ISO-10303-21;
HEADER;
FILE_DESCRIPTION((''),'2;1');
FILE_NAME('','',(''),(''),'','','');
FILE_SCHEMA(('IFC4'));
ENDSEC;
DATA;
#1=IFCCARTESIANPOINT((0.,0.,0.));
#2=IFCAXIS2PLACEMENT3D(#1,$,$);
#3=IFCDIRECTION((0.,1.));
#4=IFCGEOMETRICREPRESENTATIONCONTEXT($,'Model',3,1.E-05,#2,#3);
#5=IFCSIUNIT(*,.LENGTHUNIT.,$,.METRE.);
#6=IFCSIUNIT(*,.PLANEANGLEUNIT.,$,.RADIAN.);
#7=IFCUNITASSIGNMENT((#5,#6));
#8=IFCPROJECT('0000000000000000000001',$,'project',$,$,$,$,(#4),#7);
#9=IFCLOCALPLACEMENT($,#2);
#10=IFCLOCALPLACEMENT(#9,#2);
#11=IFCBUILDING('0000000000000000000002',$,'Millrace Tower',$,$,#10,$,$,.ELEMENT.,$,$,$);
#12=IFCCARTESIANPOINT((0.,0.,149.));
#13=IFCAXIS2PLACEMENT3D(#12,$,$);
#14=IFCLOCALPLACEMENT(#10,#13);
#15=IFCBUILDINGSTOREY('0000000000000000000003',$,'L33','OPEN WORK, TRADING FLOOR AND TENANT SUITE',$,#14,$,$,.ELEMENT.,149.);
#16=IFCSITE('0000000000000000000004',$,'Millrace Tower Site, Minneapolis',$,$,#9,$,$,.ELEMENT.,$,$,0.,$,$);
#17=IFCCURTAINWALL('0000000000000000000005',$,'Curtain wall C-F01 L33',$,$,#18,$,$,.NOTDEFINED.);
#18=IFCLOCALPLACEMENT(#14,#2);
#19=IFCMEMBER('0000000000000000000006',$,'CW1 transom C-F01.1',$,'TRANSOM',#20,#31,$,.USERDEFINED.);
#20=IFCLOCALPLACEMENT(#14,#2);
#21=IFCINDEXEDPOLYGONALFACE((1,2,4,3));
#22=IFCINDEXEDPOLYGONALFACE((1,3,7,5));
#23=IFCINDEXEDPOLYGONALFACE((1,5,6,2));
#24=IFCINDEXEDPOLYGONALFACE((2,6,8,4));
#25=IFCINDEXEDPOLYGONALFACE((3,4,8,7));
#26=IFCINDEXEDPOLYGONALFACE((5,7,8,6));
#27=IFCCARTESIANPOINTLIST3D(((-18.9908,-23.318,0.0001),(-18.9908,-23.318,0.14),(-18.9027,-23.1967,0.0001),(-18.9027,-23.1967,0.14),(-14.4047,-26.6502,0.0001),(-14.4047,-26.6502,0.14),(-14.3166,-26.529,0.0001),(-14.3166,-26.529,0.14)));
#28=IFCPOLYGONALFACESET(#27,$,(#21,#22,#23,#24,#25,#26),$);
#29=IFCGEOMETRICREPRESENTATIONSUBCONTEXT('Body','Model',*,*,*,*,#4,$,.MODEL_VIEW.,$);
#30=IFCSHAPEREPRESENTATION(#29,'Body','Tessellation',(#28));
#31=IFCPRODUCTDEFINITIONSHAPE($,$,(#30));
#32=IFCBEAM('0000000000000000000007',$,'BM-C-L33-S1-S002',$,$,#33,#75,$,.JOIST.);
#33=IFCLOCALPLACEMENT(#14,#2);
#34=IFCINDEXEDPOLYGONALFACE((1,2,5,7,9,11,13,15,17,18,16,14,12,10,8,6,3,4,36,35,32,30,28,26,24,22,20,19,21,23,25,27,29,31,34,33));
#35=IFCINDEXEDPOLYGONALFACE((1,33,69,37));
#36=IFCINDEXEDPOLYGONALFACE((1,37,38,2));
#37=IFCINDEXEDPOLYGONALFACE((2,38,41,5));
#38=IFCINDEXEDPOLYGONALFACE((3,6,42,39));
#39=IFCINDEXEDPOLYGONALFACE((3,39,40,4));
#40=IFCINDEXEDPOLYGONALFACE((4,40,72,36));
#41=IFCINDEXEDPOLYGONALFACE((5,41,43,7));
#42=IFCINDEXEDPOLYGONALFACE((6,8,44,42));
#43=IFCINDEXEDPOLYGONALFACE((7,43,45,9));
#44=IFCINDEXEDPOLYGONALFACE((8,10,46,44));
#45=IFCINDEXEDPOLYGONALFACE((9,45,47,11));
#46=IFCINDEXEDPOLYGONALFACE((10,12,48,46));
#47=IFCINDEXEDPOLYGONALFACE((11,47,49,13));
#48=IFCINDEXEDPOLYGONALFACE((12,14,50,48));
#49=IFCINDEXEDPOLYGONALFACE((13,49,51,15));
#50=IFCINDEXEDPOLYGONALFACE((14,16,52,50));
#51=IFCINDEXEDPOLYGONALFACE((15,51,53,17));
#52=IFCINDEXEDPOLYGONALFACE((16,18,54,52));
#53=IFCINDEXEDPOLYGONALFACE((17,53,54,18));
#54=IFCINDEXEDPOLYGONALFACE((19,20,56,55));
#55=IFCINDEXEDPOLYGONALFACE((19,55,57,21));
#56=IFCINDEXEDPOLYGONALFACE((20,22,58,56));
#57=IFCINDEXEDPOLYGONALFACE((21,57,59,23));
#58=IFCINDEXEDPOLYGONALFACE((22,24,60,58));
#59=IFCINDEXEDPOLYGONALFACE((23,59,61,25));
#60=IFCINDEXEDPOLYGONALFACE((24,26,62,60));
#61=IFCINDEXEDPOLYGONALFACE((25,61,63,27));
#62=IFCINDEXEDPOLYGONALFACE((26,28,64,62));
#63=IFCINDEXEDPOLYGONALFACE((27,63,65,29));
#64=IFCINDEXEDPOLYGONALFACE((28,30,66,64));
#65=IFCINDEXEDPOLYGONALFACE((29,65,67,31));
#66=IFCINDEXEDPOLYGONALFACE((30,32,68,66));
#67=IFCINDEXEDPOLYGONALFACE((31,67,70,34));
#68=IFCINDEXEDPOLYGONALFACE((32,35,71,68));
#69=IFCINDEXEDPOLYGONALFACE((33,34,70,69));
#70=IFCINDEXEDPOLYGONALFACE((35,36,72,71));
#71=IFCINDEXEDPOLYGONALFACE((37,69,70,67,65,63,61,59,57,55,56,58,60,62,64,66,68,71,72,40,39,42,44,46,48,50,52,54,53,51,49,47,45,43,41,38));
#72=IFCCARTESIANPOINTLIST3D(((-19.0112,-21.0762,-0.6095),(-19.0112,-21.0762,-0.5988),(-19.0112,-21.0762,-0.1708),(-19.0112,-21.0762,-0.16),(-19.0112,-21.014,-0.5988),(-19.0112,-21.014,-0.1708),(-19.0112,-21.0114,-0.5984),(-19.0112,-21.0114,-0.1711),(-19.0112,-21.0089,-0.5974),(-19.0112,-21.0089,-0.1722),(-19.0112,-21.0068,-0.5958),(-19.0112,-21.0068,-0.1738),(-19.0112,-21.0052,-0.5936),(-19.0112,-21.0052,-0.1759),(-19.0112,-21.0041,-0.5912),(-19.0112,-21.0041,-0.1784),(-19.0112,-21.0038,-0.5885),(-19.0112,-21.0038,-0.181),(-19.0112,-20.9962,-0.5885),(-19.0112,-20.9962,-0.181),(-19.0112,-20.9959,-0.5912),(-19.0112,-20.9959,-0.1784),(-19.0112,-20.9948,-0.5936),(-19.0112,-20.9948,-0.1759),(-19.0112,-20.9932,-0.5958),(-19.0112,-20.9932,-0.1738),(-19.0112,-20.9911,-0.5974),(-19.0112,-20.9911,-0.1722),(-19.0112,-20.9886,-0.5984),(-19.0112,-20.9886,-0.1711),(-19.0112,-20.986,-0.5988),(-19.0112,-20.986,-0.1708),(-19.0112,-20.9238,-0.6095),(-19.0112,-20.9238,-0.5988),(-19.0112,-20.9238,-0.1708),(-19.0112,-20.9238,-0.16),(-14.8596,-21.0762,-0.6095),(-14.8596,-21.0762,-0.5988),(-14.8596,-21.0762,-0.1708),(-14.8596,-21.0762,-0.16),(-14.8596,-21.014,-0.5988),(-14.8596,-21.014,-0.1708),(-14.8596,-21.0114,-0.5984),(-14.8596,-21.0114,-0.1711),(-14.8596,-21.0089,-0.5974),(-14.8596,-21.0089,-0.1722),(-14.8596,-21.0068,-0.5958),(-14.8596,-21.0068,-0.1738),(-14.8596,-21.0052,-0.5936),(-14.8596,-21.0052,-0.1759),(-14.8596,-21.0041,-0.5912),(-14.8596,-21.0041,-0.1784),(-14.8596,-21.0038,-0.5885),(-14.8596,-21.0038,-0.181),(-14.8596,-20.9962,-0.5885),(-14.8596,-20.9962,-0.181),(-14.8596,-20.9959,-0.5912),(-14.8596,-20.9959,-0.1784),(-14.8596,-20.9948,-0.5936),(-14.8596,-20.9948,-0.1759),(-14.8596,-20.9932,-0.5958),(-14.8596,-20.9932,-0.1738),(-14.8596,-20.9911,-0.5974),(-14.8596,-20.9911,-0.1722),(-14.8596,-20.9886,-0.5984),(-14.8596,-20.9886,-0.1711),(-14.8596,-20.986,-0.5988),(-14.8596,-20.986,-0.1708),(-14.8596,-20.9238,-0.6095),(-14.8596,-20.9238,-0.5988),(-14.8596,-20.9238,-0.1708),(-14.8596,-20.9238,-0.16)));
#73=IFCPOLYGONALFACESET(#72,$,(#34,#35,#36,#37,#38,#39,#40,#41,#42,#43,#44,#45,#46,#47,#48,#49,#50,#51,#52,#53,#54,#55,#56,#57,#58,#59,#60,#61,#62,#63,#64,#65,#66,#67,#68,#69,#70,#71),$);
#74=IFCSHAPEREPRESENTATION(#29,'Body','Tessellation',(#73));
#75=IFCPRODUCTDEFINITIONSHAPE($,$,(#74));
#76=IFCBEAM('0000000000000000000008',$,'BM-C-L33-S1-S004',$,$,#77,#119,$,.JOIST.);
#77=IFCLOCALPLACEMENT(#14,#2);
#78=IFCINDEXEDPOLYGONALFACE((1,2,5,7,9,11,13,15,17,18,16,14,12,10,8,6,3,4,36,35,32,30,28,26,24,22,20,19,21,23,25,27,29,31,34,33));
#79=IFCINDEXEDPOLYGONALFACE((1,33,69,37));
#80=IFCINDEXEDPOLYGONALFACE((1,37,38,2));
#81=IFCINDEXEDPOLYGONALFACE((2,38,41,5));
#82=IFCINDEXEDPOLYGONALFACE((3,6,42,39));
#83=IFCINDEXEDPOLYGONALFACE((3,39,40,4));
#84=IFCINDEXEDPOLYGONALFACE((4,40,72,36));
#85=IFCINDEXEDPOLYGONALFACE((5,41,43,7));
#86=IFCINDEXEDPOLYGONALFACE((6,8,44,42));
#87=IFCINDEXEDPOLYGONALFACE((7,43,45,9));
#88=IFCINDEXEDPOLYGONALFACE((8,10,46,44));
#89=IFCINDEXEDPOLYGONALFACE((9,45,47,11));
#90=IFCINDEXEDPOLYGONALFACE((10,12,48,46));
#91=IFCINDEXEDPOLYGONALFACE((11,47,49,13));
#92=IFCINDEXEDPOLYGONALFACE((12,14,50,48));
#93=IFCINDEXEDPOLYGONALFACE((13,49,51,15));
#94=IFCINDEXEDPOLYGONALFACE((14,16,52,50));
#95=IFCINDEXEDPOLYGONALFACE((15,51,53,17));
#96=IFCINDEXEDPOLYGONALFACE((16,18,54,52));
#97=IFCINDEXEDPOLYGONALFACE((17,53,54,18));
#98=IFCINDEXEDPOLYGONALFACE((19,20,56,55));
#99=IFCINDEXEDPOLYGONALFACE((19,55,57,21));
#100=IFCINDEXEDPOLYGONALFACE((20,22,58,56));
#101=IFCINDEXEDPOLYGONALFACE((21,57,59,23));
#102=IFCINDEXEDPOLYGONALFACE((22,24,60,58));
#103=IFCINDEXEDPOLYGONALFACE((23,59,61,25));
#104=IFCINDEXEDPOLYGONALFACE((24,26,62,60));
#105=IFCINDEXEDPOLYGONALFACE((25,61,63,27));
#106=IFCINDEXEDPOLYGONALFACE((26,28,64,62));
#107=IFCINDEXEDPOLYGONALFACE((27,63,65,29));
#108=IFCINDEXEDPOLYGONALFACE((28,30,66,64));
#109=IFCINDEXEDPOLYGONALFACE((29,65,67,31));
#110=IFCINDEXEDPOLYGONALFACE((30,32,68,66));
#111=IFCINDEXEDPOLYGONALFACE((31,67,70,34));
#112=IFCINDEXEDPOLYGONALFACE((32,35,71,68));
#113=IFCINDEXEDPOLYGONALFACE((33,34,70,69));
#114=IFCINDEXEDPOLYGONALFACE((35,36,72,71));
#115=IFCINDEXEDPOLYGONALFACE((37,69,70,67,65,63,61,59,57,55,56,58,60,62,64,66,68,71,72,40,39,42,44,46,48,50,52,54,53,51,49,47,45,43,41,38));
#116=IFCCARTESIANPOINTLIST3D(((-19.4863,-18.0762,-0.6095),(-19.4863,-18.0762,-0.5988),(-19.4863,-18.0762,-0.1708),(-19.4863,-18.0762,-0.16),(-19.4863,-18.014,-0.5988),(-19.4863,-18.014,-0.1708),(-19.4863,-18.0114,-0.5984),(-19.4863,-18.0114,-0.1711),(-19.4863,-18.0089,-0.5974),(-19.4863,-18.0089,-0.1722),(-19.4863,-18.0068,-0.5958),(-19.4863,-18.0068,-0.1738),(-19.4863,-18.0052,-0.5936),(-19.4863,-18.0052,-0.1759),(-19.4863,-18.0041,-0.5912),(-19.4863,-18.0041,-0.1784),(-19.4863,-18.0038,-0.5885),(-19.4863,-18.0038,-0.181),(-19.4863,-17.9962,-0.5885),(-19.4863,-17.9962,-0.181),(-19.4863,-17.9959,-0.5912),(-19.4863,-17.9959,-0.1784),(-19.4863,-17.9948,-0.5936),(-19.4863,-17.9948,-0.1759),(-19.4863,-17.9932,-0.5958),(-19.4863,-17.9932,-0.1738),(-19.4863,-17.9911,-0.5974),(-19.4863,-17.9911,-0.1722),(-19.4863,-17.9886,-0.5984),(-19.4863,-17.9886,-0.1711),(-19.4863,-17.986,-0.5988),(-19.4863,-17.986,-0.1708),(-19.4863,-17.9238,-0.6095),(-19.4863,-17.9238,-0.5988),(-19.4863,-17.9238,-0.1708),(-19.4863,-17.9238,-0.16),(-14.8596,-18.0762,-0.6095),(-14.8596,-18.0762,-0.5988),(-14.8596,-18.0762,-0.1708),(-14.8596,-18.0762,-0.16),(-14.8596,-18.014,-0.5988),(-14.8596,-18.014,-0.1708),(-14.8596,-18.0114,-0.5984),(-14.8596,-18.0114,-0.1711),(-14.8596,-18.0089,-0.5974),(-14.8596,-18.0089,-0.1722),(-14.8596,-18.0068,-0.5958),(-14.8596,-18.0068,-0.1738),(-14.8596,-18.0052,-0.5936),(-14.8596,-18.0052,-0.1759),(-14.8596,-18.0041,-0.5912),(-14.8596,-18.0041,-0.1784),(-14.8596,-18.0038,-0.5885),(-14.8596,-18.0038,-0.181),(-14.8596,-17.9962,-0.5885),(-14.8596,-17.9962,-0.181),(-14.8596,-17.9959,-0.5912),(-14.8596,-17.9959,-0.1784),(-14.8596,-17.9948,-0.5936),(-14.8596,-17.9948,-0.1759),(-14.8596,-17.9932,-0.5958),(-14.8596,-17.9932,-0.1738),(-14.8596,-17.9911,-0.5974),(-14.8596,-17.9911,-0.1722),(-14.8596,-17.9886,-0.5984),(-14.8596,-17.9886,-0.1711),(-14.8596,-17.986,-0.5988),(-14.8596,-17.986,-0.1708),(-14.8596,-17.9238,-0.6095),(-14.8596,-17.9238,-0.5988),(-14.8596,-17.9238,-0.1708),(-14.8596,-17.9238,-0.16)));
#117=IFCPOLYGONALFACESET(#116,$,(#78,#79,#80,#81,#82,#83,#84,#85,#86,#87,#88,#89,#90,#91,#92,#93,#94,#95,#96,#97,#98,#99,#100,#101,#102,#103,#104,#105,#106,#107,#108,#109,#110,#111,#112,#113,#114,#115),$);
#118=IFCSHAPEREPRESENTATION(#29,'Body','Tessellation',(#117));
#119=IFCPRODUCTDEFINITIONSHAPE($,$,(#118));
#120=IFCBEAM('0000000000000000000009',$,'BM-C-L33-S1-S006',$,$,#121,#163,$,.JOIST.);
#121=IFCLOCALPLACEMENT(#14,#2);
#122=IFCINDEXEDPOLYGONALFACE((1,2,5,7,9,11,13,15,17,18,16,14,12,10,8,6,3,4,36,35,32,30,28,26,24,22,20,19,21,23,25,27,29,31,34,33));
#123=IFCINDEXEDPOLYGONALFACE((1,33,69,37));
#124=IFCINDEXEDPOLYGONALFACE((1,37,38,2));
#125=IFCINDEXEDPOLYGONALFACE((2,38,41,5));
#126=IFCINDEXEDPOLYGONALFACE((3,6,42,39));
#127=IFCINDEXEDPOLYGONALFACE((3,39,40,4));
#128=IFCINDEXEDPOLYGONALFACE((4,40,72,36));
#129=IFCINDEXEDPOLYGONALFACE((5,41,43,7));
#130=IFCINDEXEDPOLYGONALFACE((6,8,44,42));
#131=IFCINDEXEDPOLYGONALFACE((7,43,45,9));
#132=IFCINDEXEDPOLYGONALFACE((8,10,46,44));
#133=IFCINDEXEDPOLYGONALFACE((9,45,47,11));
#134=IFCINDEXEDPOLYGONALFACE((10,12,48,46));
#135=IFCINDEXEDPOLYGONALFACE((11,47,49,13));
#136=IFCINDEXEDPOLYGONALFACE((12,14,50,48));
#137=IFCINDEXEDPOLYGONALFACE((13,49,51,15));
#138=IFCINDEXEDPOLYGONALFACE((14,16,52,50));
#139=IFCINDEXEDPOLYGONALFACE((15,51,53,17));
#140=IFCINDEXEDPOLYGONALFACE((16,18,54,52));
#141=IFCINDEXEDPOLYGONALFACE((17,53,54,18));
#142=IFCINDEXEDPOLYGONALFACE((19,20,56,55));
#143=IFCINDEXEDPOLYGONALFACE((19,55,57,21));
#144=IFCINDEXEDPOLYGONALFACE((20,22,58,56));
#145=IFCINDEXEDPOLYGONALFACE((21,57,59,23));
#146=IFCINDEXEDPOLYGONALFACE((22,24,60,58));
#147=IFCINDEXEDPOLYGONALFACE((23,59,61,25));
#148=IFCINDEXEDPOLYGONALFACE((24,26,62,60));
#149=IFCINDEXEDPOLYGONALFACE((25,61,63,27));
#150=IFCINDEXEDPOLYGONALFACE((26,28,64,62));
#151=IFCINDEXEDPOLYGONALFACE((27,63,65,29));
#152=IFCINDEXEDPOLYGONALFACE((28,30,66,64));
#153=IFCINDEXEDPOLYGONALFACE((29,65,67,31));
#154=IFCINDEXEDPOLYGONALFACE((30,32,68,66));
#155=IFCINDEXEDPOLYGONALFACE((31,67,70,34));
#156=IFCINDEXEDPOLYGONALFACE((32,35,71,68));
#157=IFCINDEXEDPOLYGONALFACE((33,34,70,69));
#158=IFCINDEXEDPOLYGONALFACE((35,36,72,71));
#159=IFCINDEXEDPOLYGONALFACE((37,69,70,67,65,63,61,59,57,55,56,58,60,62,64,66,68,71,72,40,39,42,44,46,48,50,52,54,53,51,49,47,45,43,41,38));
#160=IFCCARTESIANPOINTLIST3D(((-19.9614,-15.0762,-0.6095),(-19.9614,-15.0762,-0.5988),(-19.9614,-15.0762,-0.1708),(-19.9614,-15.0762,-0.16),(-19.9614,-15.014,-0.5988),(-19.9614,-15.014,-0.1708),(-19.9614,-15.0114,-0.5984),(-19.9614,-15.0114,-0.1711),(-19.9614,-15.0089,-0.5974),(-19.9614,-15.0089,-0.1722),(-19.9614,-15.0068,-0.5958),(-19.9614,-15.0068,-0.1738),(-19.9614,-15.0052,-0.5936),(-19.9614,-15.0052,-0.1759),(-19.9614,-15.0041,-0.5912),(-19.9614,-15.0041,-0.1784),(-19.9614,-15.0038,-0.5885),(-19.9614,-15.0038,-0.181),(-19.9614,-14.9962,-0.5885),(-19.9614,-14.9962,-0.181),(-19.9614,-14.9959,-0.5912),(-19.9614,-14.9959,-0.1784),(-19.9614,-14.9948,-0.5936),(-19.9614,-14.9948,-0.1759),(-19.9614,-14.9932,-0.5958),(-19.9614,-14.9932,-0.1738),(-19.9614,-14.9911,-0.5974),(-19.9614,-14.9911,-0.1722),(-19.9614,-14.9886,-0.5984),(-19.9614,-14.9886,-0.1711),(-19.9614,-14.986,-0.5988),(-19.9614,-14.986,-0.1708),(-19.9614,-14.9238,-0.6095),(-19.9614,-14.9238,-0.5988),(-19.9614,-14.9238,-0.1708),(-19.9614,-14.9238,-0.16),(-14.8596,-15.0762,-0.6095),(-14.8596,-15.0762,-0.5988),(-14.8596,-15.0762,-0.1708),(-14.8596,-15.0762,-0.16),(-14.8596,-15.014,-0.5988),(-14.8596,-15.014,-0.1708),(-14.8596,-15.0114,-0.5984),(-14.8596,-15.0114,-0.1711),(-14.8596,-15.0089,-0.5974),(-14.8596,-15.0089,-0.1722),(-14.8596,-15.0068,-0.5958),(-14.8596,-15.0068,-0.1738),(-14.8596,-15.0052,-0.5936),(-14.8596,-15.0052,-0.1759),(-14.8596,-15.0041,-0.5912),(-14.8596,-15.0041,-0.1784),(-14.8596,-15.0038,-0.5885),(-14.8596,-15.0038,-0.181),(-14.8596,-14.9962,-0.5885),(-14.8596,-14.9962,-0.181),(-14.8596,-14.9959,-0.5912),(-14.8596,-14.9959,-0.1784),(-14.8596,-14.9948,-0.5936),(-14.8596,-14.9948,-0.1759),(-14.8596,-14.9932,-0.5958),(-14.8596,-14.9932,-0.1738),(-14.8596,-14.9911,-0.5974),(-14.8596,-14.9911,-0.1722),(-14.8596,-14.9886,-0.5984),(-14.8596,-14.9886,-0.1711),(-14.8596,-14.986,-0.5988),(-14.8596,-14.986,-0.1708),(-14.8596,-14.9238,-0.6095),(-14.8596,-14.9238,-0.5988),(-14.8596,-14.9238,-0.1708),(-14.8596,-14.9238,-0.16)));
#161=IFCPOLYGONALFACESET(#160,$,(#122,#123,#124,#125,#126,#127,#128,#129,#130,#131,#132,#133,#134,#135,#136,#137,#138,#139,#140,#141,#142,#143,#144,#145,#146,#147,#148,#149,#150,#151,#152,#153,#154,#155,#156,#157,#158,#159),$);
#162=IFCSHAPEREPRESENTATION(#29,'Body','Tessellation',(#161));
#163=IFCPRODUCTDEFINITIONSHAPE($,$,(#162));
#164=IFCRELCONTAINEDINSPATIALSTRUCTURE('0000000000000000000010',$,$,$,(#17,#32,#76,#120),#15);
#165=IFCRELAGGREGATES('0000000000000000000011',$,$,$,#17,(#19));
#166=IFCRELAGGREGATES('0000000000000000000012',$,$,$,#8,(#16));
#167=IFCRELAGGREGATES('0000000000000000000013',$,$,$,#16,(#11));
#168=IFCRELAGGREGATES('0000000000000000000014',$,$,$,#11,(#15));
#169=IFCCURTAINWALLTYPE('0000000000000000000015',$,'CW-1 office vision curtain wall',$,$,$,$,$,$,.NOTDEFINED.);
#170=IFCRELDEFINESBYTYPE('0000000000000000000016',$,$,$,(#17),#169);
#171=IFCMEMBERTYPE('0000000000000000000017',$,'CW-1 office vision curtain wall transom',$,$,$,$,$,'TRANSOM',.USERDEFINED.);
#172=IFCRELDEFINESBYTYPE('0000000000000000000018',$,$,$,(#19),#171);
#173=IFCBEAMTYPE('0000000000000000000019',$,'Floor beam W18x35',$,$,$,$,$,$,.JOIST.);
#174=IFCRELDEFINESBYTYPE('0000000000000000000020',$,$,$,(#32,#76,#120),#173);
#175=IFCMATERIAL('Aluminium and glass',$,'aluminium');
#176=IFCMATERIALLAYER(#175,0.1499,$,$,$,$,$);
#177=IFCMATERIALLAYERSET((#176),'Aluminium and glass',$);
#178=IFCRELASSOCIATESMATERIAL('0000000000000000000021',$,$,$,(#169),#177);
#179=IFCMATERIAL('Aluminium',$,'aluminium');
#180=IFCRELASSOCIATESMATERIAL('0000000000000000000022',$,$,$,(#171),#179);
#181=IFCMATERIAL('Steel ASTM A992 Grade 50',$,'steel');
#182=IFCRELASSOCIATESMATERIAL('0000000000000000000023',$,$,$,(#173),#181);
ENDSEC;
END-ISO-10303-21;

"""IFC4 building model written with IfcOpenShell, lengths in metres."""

from ifc_helpers import new_model, si_unit, direction, frame, origin, origin_2d, place, context, subcontext, project, spatial, rectangle, i_section, extrude, material, layer, layer_set, material_profile, profile_set, type_object, element, aggregate, save


model = new_model("IFC4")

# Units and contexts
model_context = context("Model", 3, precision=1e-05, world=origin(), true_north=direction((0.0, 1.0)))
body_context = subcontext(model_context, "Body", "Model", "MODEL_VIEW")
ifc_project = project(units=[si_unit("LENGTHUNIT", "METRE"), si_unit("PLANEANGLEUNIT", "RADIAN")], contexts=[model_context])

# Site, building, storey
site_placement = place(None, origin())
site = spatial("IfcSite", under=ifc_project, at=site_placement, Name="Millrace Tower Site, Minneapolis", CompositionType="ELEMENT", RefElevation=0.0)
building_placement = place(site_placement, origin())
building = spatial("IfcBuilding", under=site, at=building_placement, Name="Millrace Tower", CompositionType="ELEMENT")
storey_placement = place(building_placement, frame((0.0, 0.0, 149.0)))
storey = spatial("IfcBuildingStorey", under=building, at=storey_placement, Name="L33", Description="OPEN WORK, TRADING FLOOR AND TENANT SUITE", CompositionType="ELEMENT", Elevation=149.0)

# Curtain wall
ifc_material_1 = material(Name="Aluminium and glass", Category="aluminium")
ifc_layer_1 = layer(ifc_material_1, 0.1499)
ifc_layer_set_1 = layer_set([ifc_layer_1], Name="Aluminium and glass")
curtain_wall_type = type_object("IfcCurtainWallType", Name="CW-1 office vision curtain wall", PredefinedType="NOTDEFINED", material=ifc_layer_set_1)
placement = place(storey_placement, origin())
curtain_wall_1 = element("IfcCurtainWall", 1, at=placement, inside=storey, type_object=curtain_wall_type, Name="Curtain wall C-F01 L33", PredefinedType="NOTDEFINED")

# Member
ifc_material_2 = material(Name="Aluminium", Category="aluminium")
ifc_material_profile_1 = material_profile(ifc_material_2, rectangle(XDim=0.1499, YDim=0.1399, at=origin_2d()))
ifc_profile_set_1 = profile_set([ifc_material_profile_1], Name="Aluminium")
member_type_1 = type_object("IfcMemberType", Name="CW-1 office vision curtain wall transom", ElementType="TRANSOM", PredefinedType="USERDEFINED", material=ifc_profile_set_1)
member_1_placement = place(storey_placement, frame((-18.9468, -23.2573, 0.0701), z_axis=(0.808999, -0.587811, 0.0), x_axis=(0.587811, 0.808999, 0.0)))
member_1 = element("IfcMember", 2, at=member_1_placement, type_object=member_type_1, Name="CW1 transom C-F01.1", ObjectType="TRANSOM", PredefinedType="USERDEFINED", context=body_context, shape_type="SweptSolid", body=[
    extrude(rectangle(XDim=0.1499, YDim=0.1399, at=origin_2d()), origin(), (0.0, 0.0, 1.0), 5.6689),
])
aggregate(curtain_wall_1, [member_1])

# Beams
ifc_material_3 = material(Name="Steel ASTM A992 Grade 50", Category="steel")
ifc_material_profile_2 = material_profile(ifc_material_3, i_section(OverallWidth=0.1523, OverallDepth=0.4495, WebThickness=0.0076, FlangeThickness=0.0107, FilletRadius=0.0103, at=origin_2d()))
ifc_profile_set_2 = profile_set([ifc_material_profile_2], Name="Steel ASTM A992 Grade 50")
beam_type_1 = type_object("IfcBeamType", Name="Floor beam W18x35", PredefinedType="JOIST", material=ifc_profile_set_2)
beam_1_placement = place(storey_placement, frame((-19.0112, -21.0, -0.3848), z_axis=(1.0, 0.0, 0.0), x_axis=(0.0, 1.0, 0.0)))
element("IfcBeam", 3, at=beam_1_placement, inside=storey, type_object=beam_type_1, Name="BM-C-L33-S1-S002", PredefinedType="JOIST", context=body_context, shape_type="SweptSolid", body=[
    extrude(i_section(OverallWidth=0.1523, OverallDepth=0.4495, WebThickness=0.0076, FlangeThickness=0.0107, FilletRadius=0.0103, at=origin_2d()), origin(), (0.0, 0.0, 1.0), 4.1516),
])
beam_2_placement = place(storey_placement, frame((-19.4863, -18.0, -0.3848), z_axis=(1.0, 0.0, 0.0), x_axis=(0.0, 1.0, 0.0)))
element("IfcBeam", 4, at=beam_2_placement, inside=storey, type_object=beam_type_1, Name="BM-C-L33-S1-S004", PredefinedType="JOIST", context=body_context, shape_type="SweptSolid", body=[
    extrude(i_section(OverallWidth=0.1523, OverallDepth=0.4495, WebThickness=0.0076, FlangeThickness=0.0107, FilletRadius=0.0103, at=origin_2d()), origin(), (0.0, 0.0, 1.0), 4.6267),
])
beam_3_placement = place(storey_placement, frame((-19.9614, -15.0, -0.3848), z_axis=(1.0, 0.0, 0.0), x_axis=(0.0, 1.0, 0.0)))
element("IfcBeam", 5, at=beam_3_placement, inside=storey, type_object=beam_type_1, Name="BM-C-L33-S1-S006", PredefinedType="JOIST", context=body_context, shape_type="SweptSolid", body=[
    extrude(i_section(OverallWidth=0.1523, OverallDepth=0.4495, WebThickness=0.0076, FlangeThickness=0.0107, FilletRadius=0.0103, at=origin_2d()), origin(), (0.0, 0.0, 1.0), 5.1018),
])

save(model, "model.ifc")
